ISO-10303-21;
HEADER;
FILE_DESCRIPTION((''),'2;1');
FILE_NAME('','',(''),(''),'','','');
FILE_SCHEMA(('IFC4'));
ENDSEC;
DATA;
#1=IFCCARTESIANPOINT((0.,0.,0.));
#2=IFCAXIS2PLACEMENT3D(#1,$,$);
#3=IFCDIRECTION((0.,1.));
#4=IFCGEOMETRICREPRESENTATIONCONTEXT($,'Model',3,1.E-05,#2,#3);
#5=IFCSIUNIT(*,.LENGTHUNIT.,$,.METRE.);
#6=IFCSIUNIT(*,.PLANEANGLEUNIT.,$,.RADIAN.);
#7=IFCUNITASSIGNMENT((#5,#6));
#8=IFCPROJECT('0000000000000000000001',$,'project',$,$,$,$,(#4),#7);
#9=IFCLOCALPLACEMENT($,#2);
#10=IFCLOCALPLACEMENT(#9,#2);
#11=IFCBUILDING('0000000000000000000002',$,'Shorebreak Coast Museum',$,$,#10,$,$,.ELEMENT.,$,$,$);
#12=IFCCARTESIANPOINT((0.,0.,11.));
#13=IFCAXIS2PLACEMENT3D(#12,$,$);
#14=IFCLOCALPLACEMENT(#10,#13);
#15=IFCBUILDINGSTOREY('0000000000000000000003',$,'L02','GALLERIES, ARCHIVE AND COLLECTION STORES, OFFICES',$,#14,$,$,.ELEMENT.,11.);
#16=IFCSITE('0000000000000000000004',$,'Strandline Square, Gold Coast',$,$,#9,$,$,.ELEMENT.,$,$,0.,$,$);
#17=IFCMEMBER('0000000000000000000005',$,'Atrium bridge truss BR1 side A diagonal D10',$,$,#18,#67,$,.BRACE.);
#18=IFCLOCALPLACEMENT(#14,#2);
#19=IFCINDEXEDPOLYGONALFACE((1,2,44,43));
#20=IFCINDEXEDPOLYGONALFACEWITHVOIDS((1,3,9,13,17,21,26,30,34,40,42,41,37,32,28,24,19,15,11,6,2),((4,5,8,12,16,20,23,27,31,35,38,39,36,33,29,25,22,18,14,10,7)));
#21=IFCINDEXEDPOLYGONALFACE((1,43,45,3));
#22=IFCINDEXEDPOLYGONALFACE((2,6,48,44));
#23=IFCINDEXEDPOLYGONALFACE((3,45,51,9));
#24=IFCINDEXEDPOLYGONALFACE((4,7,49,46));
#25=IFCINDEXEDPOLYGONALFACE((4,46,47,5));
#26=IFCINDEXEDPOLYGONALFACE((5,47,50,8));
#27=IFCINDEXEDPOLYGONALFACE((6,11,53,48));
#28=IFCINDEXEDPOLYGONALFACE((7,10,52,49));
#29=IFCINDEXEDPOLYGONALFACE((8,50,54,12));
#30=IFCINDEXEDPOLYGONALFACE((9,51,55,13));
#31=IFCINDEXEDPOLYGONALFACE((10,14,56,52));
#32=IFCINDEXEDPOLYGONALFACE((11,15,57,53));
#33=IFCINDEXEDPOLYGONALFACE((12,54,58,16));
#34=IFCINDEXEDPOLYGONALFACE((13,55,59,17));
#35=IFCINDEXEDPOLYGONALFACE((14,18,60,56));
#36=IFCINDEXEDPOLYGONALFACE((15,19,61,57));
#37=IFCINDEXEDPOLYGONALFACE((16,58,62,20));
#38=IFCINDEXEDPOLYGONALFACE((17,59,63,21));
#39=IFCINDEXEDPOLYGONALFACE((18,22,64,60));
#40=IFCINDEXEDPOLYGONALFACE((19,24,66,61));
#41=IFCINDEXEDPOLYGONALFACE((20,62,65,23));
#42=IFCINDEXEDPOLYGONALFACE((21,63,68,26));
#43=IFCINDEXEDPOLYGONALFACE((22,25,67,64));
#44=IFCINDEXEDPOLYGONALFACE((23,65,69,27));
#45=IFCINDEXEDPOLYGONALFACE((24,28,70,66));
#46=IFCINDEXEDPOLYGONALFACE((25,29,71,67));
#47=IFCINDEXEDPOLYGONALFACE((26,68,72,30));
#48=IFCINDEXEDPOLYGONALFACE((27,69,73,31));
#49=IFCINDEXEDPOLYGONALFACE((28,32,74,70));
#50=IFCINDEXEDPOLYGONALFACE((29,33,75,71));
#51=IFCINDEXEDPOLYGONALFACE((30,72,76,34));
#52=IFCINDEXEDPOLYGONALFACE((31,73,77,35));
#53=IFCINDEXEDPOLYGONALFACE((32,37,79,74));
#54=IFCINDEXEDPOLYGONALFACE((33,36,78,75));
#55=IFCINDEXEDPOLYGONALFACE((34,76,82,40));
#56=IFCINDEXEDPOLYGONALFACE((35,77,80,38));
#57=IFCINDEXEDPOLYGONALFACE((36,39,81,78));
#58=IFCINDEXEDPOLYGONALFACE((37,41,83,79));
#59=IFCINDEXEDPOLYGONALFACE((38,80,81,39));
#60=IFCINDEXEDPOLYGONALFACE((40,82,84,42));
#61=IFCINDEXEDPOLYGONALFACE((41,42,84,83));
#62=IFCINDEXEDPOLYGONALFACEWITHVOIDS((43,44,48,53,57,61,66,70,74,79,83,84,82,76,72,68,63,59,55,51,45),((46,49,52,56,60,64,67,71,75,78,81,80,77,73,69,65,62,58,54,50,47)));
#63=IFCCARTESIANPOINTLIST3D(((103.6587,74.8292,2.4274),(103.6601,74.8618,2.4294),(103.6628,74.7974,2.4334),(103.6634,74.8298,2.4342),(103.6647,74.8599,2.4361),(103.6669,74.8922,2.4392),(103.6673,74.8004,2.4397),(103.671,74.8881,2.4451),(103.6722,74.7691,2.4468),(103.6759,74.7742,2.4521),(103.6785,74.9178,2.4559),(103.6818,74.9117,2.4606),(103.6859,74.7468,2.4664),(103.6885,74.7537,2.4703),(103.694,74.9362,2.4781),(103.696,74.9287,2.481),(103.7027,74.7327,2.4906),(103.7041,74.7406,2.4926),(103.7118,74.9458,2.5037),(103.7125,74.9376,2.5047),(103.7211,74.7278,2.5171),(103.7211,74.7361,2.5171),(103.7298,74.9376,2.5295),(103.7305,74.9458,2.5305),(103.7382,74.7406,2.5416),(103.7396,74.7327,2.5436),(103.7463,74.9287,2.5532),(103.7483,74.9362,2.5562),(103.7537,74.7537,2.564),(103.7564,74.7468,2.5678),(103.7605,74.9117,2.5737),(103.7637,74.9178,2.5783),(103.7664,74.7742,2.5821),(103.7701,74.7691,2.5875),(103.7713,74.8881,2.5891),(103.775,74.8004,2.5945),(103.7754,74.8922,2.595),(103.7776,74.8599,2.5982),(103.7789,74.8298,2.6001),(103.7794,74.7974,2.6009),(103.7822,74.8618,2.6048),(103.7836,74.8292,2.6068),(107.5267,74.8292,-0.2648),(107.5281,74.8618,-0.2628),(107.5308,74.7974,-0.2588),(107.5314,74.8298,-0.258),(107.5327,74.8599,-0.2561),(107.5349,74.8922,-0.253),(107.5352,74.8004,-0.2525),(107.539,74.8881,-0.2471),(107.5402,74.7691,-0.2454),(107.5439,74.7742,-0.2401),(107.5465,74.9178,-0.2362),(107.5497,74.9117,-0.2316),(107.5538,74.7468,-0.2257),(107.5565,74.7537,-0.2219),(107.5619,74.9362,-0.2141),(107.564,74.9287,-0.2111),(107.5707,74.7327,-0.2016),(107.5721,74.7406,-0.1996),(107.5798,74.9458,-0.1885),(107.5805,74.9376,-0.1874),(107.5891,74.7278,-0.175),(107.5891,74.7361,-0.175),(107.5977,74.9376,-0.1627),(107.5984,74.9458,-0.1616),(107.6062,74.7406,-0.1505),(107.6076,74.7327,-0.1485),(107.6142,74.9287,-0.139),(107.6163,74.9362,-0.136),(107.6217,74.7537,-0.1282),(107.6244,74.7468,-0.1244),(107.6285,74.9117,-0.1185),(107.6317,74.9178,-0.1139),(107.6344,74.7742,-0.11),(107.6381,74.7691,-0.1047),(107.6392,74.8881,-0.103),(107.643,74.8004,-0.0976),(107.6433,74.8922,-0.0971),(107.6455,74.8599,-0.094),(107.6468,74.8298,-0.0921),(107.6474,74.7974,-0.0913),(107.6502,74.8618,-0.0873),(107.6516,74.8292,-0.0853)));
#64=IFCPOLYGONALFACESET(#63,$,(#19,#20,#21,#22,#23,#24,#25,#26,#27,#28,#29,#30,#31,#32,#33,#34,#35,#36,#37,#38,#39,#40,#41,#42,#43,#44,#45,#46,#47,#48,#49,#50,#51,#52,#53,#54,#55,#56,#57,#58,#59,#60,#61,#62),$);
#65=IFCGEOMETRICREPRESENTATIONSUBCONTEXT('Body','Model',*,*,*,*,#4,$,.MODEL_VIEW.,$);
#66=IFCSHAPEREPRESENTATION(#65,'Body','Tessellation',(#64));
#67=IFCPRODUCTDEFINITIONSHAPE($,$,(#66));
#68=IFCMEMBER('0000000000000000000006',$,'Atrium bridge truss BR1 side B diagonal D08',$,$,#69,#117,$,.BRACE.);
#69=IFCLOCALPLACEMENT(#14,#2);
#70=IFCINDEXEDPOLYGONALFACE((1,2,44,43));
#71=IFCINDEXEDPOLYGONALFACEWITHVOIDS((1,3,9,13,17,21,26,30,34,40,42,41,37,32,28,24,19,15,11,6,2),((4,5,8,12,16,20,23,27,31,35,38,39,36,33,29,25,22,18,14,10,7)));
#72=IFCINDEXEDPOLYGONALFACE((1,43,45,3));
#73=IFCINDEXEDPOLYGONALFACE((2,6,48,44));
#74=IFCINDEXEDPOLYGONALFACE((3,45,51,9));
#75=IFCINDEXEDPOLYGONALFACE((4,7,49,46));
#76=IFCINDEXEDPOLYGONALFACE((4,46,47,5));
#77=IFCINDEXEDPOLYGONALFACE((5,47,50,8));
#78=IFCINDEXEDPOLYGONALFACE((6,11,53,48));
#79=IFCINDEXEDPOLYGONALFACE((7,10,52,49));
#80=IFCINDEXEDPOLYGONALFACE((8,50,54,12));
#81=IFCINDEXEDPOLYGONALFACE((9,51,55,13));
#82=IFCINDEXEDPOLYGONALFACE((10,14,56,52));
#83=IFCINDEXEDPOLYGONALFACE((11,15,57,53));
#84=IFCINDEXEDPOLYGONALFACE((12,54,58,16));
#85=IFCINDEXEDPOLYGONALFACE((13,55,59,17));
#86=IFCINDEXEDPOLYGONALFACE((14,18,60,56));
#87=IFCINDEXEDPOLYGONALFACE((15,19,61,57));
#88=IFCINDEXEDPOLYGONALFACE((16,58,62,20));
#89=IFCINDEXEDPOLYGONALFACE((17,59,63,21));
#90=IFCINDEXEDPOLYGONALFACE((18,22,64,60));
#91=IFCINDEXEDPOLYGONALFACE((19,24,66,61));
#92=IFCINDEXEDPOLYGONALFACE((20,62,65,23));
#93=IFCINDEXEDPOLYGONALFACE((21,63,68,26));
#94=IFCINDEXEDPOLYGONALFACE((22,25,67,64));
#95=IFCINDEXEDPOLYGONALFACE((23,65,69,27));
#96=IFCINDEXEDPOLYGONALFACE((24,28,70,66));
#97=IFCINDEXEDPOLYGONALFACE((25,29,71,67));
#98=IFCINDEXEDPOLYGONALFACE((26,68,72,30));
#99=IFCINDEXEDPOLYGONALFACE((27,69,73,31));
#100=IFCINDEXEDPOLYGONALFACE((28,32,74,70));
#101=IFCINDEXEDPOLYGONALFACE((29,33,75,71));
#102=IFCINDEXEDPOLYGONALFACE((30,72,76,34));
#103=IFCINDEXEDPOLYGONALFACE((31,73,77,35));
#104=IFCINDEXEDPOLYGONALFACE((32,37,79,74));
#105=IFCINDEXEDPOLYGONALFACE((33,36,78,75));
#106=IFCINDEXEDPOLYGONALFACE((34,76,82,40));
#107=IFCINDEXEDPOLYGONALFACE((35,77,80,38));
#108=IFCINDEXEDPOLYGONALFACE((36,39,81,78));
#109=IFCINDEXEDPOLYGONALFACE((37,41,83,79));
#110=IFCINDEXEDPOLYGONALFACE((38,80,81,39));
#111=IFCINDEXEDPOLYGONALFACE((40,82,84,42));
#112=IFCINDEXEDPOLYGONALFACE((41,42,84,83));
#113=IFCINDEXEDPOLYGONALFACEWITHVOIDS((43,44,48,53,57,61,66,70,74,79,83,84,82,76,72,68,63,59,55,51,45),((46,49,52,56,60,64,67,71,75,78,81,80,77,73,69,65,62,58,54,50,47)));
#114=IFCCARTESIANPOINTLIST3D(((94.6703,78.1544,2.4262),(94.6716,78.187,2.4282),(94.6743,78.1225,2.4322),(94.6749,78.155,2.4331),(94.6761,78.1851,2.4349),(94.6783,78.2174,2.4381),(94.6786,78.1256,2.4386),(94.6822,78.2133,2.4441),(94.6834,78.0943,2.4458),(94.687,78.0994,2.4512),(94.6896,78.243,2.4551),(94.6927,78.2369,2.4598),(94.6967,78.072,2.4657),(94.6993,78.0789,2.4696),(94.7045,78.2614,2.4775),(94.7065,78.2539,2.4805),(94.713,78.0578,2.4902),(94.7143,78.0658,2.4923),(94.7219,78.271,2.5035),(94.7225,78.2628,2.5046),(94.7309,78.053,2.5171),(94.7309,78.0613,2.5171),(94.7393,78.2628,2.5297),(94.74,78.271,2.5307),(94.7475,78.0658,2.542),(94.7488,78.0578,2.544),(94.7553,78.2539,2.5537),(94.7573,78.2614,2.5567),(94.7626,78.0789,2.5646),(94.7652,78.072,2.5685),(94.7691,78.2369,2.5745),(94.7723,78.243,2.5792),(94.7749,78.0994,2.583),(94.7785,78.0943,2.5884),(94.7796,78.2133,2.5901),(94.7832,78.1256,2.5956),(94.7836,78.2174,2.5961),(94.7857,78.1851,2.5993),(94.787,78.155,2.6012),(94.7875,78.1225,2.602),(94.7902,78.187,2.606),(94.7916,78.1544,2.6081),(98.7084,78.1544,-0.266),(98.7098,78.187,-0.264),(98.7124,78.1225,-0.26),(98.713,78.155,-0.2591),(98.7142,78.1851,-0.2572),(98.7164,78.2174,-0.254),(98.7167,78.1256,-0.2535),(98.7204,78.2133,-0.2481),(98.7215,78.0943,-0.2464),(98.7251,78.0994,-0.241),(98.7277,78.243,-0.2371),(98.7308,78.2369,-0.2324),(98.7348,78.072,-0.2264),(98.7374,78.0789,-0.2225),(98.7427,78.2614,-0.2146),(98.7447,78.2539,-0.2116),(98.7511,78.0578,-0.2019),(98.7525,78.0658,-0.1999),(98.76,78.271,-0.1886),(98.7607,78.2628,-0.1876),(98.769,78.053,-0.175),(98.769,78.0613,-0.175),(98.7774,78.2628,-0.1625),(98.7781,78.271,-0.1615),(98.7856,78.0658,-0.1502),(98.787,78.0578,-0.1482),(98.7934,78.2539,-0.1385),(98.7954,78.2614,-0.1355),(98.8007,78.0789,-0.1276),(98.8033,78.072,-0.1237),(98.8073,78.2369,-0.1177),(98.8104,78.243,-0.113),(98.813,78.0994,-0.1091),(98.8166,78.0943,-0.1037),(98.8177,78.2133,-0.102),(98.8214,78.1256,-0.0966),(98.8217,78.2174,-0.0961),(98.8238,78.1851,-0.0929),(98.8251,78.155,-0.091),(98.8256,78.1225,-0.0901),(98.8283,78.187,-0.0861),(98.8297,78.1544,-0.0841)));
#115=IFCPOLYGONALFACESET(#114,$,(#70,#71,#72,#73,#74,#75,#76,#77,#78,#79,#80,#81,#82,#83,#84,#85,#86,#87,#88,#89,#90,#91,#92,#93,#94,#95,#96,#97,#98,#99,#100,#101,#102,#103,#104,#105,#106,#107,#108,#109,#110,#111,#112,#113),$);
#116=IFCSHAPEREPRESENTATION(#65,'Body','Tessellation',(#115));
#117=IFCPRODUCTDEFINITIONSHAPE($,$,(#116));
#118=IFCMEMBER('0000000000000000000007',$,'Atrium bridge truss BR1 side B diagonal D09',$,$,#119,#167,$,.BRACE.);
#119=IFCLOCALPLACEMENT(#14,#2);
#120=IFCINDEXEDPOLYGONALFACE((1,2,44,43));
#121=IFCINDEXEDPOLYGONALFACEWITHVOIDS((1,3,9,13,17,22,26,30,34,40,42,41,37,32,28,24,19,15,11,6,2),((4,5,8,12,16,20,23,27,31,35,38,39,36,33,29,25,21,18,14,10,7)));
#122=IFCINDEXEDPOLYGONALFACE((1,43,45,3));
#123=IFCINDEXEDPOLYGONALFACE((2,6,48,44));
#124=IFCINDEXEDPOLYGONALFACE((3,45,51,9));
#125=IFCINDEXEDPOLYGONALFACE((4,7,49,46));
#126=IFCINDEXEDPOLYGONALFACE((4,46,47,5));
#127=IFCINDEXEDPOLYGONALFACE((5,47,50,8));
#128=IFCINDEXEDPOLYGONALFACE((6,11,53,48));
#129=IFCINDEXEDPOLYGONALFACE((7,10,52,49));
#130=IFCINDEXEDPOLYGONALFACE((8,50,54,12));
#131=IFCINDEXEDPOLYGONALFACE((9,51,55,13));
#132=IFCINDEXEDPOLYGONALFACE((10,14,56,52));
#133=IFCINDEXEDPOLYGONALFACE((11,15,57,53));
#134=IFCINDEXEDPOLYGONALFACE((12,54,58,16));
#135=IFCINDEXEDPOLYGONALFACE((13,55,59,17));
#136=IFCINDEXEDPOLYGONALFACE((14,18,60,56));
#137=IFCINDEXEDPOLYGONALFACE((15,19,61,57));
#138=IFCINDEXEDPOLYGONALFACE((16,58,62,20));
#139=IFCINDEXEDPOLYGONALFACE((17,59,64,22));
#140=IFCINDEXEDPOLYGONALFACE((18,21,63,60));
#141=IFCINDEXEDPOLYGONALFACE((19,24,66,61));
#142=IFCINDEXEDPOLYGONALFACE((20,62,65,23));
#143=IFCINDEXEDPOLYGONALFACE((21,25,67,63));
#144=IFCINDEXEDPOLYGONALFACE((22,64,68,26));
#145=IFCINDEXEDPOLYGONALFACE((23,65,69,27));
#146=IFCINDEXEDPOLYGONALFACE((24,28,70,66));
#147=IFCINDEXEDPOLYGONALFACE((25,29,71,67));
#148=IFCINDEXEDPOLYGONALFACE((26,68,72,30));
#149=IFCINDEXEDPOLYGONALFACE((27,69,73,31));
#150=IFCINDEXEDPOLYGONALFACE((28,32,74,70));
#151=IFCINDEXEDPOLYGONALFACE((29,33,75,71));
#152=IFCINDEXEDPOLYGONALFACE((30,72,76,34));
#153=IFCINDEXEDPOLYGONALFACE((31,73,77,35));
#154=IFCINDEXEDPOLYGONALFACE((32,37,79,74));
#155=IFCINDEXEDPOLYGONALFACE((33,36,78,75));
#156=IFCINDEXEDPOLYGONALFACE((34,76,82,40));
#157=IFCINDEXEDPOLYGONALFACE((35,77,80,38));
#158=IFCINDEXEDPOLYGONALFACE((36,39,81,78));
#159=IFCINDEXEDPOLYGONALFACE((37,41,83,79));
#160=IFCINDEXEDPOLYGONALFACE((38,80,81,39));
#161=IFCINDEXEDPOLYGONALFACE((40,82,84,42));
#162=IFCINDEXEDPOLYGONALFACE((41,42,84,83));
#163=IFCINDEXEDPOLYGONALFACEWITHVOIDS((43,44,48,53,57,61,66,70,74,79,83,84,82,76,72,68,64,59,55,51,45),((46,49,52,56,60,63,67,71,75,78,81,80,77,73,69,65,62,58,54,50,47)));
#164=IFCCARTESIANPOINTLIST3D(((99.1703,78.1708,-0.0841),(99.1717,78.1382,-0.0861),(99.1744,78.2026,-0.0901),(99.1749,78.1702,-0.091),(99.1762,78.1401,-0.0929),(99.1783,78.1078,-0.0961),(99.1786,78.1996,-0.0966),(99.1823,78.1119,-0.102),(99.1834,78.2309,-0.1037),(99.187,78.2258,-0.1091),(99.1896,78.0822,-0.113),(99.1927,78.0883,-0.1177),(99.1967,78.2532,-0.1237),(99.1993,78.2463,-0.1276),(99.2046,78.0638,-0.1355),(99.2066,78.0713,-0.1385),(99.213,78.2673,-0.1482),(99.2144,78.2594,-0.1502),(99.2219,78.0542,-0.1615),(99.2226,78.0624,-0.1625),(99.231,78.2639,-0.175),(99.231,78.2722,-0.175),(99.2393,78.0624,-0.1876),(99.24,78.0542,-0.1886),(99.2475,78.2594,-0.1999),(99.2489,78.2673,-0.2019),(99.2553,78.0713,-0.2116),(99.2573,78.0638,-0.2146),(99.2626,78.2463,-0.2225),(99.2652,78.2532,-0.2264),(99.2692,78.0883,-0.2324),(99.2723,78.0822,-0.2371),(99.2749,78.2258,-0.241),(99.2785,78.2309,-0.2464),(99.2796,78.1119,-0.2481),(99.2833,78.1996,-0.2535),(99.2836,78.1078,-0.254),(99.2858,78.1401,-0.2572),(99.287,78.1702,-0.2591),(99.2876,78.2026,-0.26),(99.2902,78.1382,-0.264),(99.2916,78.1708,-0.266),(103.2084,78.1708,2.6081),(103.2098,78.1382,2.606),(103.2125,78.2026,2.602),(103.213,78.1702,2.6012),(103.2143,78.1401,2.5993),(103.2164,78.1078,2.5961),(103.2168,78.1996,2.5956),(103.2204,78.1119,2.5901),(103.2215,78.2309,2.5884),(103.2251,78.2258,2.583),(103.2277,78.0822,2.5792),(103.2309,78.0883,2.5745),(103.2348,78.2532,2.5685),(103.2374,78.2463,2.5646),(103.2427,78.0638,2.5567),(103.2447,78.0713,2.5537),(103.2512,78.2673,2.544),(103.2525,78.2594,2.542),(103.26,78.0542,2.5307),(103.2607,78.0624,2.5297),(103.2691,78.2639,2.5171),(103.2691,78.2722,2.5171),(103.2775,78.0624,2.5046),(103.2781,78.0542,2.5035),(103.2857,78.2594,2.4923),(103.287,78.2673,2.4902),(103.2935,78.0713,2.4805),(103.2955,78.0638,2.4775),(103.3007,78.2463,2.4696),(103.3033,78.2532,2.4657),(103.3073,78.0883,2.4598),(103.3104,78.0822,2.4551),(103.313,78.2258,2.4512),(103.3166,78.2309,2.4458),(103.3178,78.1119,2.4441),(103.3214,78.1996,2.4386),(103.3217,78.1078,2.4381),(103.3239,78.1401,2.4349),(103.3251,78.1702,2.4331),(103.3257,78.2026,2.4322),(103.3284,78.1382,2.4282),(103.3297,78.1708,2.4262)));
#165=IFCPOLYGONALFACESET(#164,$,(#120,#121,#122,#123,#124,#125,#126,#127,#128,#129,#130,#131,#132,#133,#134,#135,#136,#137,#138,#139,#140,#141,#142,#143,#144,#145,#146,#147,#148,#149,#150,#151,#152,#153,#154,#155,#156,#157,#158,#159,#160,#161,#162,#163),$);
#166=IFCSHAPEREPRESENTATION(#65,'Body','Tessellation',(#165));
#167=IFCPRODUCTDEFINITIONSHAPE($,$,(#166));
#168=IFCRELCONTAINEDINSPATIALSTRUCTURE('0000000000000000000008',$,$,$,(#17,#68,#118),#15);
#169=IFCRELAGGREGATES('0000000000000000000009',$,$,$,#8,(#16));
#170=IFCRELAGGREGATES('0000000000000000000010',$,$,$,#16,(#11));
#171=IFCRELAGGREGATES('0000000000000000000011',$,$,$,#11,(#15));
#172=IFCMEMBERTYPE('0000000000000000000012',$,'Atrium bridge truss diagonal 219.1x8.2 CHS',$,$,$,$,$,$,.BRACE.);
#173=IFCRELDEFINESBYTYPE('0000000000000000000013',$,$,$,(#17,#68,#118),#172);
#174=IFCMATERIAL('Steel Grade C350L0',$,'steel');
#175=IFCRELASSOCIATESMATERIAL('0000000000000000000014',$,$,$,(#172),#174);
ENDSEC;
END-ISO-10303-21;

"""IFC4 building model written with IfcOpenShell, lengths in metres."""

from ifc_helpers import new_model, si_unit, direction, frame, origin, origin_2d, place, context, subcontext, project, spatial, hollow_circle, extrude, material, material_profile, profile_set, type_object, element, save


model = new_model("IFC4")

# Units and contexts
model_context = context("Model", 3, precision=1e-05, world=origin(), true_north=direction((0.0, 1.0)))
body_context = subcontext(model_context, "Body", "Model", "MODEL_VIEW")
ifc_project = project(units=[si_unit("LENGTHUNIT", "METRE"), si_unit("PLANEANGLEUNIT", "RADIAN")], contexts=[model_context])

# Site, building, storey
site_placement = place(None, origin())
site = spatial("IfcSite", under=ifc_project, at=site_placement, Name="Strandline Square, Gold Coast", CompositionType="ELEMENT", RefElevation=0.0)
building_placement = place(site_placement, origin())
building = spatial("IfcBuilding", under=site, at=building_placement, Name="Shorebreak Coast Museum", CompositionType="ELEMENT")
storey_placement = place(building_placement, frame((0.0, 0.0, 11.0)))
storey = spatial("IfcBuildingStorey", under=building, at=storey_placement, Name="L02", Description="GALLERIES, ARCHIVE AND COLLECTION STORES, OFFICES", CompositionType="ELEMENT", Elevation=11.0)

# Members
ifc_material_1 = material(Name="Steel Grade C350L0", Category="steel")
ifc_material_profile_1 = material_profile(ifc_material_1, hollow_circle(Radius=0.1096, WallThickness=0.0083, at=origin_2d()), Name="219.1x8.2 CHS")
ifc_profile_set_1 = profile_set([ifc_material_profile_1], Name="Steel Grade C350L0")
member_type_1 = type_object("IfcMemberType", Name="Atrium bridge truss diagonal 219.1x8.2 CHS", PredefinedType="BRACE", material=ifc_profile_set_1)
member_1_placement = place(storey_placement, frame((107.5891, 74.8374, -0.175), z_axis=(-0.820765, 0.0, 0.571266), x_axis=(0.0, -1.0, 0.0)))
element("IfcMember", 1, at=member_1_placement, inside=storey, type_object=member_type_1, Name="Atrium bridge truss BR1 side A diagonal D10", PredefinedType="BRACE", context=body_context, shape_type="SweptSolid", body=[
    extrude(hollow_circle(Radius=0.1096, WallThickness=0.0083, at=origin_2d()), origin(), (0.0, 0.0, 1.0), 4.7126),
])
for number, where, z_axis, x_axis, name in (
    (2, (98.769, 78.1626, -0.175), (-0.832043, 0.0, 0.554712), (0.0, -1.0, 0.0), "Atrium bridge truss BR1 side B diagonal D08"),
    (3, (99.231, 78.1626, -0.175), (0.832043, 0.0, 0.554712), (0.0, 1.0, 0.0), "Atrium bridge truss BR1 side B diagonal D09"),
):
    element("IfcMember", number, at=place(storey_placement, frame(where, z_axis=z_axis, x_axis=x_axis)), inside=storey, type_object=member_type_1, Name=name, PredefinedType="BRACE", context=body_context, shape_type="SweptSolid", body=[
        extrude(hollow_circle(Radius=0.1096, WallThickness=0.0083, at=origin_2d()), origin(), (0.0, 0.0, 1.0), 4.8533),
    ])

save(model, "model.ifc")
